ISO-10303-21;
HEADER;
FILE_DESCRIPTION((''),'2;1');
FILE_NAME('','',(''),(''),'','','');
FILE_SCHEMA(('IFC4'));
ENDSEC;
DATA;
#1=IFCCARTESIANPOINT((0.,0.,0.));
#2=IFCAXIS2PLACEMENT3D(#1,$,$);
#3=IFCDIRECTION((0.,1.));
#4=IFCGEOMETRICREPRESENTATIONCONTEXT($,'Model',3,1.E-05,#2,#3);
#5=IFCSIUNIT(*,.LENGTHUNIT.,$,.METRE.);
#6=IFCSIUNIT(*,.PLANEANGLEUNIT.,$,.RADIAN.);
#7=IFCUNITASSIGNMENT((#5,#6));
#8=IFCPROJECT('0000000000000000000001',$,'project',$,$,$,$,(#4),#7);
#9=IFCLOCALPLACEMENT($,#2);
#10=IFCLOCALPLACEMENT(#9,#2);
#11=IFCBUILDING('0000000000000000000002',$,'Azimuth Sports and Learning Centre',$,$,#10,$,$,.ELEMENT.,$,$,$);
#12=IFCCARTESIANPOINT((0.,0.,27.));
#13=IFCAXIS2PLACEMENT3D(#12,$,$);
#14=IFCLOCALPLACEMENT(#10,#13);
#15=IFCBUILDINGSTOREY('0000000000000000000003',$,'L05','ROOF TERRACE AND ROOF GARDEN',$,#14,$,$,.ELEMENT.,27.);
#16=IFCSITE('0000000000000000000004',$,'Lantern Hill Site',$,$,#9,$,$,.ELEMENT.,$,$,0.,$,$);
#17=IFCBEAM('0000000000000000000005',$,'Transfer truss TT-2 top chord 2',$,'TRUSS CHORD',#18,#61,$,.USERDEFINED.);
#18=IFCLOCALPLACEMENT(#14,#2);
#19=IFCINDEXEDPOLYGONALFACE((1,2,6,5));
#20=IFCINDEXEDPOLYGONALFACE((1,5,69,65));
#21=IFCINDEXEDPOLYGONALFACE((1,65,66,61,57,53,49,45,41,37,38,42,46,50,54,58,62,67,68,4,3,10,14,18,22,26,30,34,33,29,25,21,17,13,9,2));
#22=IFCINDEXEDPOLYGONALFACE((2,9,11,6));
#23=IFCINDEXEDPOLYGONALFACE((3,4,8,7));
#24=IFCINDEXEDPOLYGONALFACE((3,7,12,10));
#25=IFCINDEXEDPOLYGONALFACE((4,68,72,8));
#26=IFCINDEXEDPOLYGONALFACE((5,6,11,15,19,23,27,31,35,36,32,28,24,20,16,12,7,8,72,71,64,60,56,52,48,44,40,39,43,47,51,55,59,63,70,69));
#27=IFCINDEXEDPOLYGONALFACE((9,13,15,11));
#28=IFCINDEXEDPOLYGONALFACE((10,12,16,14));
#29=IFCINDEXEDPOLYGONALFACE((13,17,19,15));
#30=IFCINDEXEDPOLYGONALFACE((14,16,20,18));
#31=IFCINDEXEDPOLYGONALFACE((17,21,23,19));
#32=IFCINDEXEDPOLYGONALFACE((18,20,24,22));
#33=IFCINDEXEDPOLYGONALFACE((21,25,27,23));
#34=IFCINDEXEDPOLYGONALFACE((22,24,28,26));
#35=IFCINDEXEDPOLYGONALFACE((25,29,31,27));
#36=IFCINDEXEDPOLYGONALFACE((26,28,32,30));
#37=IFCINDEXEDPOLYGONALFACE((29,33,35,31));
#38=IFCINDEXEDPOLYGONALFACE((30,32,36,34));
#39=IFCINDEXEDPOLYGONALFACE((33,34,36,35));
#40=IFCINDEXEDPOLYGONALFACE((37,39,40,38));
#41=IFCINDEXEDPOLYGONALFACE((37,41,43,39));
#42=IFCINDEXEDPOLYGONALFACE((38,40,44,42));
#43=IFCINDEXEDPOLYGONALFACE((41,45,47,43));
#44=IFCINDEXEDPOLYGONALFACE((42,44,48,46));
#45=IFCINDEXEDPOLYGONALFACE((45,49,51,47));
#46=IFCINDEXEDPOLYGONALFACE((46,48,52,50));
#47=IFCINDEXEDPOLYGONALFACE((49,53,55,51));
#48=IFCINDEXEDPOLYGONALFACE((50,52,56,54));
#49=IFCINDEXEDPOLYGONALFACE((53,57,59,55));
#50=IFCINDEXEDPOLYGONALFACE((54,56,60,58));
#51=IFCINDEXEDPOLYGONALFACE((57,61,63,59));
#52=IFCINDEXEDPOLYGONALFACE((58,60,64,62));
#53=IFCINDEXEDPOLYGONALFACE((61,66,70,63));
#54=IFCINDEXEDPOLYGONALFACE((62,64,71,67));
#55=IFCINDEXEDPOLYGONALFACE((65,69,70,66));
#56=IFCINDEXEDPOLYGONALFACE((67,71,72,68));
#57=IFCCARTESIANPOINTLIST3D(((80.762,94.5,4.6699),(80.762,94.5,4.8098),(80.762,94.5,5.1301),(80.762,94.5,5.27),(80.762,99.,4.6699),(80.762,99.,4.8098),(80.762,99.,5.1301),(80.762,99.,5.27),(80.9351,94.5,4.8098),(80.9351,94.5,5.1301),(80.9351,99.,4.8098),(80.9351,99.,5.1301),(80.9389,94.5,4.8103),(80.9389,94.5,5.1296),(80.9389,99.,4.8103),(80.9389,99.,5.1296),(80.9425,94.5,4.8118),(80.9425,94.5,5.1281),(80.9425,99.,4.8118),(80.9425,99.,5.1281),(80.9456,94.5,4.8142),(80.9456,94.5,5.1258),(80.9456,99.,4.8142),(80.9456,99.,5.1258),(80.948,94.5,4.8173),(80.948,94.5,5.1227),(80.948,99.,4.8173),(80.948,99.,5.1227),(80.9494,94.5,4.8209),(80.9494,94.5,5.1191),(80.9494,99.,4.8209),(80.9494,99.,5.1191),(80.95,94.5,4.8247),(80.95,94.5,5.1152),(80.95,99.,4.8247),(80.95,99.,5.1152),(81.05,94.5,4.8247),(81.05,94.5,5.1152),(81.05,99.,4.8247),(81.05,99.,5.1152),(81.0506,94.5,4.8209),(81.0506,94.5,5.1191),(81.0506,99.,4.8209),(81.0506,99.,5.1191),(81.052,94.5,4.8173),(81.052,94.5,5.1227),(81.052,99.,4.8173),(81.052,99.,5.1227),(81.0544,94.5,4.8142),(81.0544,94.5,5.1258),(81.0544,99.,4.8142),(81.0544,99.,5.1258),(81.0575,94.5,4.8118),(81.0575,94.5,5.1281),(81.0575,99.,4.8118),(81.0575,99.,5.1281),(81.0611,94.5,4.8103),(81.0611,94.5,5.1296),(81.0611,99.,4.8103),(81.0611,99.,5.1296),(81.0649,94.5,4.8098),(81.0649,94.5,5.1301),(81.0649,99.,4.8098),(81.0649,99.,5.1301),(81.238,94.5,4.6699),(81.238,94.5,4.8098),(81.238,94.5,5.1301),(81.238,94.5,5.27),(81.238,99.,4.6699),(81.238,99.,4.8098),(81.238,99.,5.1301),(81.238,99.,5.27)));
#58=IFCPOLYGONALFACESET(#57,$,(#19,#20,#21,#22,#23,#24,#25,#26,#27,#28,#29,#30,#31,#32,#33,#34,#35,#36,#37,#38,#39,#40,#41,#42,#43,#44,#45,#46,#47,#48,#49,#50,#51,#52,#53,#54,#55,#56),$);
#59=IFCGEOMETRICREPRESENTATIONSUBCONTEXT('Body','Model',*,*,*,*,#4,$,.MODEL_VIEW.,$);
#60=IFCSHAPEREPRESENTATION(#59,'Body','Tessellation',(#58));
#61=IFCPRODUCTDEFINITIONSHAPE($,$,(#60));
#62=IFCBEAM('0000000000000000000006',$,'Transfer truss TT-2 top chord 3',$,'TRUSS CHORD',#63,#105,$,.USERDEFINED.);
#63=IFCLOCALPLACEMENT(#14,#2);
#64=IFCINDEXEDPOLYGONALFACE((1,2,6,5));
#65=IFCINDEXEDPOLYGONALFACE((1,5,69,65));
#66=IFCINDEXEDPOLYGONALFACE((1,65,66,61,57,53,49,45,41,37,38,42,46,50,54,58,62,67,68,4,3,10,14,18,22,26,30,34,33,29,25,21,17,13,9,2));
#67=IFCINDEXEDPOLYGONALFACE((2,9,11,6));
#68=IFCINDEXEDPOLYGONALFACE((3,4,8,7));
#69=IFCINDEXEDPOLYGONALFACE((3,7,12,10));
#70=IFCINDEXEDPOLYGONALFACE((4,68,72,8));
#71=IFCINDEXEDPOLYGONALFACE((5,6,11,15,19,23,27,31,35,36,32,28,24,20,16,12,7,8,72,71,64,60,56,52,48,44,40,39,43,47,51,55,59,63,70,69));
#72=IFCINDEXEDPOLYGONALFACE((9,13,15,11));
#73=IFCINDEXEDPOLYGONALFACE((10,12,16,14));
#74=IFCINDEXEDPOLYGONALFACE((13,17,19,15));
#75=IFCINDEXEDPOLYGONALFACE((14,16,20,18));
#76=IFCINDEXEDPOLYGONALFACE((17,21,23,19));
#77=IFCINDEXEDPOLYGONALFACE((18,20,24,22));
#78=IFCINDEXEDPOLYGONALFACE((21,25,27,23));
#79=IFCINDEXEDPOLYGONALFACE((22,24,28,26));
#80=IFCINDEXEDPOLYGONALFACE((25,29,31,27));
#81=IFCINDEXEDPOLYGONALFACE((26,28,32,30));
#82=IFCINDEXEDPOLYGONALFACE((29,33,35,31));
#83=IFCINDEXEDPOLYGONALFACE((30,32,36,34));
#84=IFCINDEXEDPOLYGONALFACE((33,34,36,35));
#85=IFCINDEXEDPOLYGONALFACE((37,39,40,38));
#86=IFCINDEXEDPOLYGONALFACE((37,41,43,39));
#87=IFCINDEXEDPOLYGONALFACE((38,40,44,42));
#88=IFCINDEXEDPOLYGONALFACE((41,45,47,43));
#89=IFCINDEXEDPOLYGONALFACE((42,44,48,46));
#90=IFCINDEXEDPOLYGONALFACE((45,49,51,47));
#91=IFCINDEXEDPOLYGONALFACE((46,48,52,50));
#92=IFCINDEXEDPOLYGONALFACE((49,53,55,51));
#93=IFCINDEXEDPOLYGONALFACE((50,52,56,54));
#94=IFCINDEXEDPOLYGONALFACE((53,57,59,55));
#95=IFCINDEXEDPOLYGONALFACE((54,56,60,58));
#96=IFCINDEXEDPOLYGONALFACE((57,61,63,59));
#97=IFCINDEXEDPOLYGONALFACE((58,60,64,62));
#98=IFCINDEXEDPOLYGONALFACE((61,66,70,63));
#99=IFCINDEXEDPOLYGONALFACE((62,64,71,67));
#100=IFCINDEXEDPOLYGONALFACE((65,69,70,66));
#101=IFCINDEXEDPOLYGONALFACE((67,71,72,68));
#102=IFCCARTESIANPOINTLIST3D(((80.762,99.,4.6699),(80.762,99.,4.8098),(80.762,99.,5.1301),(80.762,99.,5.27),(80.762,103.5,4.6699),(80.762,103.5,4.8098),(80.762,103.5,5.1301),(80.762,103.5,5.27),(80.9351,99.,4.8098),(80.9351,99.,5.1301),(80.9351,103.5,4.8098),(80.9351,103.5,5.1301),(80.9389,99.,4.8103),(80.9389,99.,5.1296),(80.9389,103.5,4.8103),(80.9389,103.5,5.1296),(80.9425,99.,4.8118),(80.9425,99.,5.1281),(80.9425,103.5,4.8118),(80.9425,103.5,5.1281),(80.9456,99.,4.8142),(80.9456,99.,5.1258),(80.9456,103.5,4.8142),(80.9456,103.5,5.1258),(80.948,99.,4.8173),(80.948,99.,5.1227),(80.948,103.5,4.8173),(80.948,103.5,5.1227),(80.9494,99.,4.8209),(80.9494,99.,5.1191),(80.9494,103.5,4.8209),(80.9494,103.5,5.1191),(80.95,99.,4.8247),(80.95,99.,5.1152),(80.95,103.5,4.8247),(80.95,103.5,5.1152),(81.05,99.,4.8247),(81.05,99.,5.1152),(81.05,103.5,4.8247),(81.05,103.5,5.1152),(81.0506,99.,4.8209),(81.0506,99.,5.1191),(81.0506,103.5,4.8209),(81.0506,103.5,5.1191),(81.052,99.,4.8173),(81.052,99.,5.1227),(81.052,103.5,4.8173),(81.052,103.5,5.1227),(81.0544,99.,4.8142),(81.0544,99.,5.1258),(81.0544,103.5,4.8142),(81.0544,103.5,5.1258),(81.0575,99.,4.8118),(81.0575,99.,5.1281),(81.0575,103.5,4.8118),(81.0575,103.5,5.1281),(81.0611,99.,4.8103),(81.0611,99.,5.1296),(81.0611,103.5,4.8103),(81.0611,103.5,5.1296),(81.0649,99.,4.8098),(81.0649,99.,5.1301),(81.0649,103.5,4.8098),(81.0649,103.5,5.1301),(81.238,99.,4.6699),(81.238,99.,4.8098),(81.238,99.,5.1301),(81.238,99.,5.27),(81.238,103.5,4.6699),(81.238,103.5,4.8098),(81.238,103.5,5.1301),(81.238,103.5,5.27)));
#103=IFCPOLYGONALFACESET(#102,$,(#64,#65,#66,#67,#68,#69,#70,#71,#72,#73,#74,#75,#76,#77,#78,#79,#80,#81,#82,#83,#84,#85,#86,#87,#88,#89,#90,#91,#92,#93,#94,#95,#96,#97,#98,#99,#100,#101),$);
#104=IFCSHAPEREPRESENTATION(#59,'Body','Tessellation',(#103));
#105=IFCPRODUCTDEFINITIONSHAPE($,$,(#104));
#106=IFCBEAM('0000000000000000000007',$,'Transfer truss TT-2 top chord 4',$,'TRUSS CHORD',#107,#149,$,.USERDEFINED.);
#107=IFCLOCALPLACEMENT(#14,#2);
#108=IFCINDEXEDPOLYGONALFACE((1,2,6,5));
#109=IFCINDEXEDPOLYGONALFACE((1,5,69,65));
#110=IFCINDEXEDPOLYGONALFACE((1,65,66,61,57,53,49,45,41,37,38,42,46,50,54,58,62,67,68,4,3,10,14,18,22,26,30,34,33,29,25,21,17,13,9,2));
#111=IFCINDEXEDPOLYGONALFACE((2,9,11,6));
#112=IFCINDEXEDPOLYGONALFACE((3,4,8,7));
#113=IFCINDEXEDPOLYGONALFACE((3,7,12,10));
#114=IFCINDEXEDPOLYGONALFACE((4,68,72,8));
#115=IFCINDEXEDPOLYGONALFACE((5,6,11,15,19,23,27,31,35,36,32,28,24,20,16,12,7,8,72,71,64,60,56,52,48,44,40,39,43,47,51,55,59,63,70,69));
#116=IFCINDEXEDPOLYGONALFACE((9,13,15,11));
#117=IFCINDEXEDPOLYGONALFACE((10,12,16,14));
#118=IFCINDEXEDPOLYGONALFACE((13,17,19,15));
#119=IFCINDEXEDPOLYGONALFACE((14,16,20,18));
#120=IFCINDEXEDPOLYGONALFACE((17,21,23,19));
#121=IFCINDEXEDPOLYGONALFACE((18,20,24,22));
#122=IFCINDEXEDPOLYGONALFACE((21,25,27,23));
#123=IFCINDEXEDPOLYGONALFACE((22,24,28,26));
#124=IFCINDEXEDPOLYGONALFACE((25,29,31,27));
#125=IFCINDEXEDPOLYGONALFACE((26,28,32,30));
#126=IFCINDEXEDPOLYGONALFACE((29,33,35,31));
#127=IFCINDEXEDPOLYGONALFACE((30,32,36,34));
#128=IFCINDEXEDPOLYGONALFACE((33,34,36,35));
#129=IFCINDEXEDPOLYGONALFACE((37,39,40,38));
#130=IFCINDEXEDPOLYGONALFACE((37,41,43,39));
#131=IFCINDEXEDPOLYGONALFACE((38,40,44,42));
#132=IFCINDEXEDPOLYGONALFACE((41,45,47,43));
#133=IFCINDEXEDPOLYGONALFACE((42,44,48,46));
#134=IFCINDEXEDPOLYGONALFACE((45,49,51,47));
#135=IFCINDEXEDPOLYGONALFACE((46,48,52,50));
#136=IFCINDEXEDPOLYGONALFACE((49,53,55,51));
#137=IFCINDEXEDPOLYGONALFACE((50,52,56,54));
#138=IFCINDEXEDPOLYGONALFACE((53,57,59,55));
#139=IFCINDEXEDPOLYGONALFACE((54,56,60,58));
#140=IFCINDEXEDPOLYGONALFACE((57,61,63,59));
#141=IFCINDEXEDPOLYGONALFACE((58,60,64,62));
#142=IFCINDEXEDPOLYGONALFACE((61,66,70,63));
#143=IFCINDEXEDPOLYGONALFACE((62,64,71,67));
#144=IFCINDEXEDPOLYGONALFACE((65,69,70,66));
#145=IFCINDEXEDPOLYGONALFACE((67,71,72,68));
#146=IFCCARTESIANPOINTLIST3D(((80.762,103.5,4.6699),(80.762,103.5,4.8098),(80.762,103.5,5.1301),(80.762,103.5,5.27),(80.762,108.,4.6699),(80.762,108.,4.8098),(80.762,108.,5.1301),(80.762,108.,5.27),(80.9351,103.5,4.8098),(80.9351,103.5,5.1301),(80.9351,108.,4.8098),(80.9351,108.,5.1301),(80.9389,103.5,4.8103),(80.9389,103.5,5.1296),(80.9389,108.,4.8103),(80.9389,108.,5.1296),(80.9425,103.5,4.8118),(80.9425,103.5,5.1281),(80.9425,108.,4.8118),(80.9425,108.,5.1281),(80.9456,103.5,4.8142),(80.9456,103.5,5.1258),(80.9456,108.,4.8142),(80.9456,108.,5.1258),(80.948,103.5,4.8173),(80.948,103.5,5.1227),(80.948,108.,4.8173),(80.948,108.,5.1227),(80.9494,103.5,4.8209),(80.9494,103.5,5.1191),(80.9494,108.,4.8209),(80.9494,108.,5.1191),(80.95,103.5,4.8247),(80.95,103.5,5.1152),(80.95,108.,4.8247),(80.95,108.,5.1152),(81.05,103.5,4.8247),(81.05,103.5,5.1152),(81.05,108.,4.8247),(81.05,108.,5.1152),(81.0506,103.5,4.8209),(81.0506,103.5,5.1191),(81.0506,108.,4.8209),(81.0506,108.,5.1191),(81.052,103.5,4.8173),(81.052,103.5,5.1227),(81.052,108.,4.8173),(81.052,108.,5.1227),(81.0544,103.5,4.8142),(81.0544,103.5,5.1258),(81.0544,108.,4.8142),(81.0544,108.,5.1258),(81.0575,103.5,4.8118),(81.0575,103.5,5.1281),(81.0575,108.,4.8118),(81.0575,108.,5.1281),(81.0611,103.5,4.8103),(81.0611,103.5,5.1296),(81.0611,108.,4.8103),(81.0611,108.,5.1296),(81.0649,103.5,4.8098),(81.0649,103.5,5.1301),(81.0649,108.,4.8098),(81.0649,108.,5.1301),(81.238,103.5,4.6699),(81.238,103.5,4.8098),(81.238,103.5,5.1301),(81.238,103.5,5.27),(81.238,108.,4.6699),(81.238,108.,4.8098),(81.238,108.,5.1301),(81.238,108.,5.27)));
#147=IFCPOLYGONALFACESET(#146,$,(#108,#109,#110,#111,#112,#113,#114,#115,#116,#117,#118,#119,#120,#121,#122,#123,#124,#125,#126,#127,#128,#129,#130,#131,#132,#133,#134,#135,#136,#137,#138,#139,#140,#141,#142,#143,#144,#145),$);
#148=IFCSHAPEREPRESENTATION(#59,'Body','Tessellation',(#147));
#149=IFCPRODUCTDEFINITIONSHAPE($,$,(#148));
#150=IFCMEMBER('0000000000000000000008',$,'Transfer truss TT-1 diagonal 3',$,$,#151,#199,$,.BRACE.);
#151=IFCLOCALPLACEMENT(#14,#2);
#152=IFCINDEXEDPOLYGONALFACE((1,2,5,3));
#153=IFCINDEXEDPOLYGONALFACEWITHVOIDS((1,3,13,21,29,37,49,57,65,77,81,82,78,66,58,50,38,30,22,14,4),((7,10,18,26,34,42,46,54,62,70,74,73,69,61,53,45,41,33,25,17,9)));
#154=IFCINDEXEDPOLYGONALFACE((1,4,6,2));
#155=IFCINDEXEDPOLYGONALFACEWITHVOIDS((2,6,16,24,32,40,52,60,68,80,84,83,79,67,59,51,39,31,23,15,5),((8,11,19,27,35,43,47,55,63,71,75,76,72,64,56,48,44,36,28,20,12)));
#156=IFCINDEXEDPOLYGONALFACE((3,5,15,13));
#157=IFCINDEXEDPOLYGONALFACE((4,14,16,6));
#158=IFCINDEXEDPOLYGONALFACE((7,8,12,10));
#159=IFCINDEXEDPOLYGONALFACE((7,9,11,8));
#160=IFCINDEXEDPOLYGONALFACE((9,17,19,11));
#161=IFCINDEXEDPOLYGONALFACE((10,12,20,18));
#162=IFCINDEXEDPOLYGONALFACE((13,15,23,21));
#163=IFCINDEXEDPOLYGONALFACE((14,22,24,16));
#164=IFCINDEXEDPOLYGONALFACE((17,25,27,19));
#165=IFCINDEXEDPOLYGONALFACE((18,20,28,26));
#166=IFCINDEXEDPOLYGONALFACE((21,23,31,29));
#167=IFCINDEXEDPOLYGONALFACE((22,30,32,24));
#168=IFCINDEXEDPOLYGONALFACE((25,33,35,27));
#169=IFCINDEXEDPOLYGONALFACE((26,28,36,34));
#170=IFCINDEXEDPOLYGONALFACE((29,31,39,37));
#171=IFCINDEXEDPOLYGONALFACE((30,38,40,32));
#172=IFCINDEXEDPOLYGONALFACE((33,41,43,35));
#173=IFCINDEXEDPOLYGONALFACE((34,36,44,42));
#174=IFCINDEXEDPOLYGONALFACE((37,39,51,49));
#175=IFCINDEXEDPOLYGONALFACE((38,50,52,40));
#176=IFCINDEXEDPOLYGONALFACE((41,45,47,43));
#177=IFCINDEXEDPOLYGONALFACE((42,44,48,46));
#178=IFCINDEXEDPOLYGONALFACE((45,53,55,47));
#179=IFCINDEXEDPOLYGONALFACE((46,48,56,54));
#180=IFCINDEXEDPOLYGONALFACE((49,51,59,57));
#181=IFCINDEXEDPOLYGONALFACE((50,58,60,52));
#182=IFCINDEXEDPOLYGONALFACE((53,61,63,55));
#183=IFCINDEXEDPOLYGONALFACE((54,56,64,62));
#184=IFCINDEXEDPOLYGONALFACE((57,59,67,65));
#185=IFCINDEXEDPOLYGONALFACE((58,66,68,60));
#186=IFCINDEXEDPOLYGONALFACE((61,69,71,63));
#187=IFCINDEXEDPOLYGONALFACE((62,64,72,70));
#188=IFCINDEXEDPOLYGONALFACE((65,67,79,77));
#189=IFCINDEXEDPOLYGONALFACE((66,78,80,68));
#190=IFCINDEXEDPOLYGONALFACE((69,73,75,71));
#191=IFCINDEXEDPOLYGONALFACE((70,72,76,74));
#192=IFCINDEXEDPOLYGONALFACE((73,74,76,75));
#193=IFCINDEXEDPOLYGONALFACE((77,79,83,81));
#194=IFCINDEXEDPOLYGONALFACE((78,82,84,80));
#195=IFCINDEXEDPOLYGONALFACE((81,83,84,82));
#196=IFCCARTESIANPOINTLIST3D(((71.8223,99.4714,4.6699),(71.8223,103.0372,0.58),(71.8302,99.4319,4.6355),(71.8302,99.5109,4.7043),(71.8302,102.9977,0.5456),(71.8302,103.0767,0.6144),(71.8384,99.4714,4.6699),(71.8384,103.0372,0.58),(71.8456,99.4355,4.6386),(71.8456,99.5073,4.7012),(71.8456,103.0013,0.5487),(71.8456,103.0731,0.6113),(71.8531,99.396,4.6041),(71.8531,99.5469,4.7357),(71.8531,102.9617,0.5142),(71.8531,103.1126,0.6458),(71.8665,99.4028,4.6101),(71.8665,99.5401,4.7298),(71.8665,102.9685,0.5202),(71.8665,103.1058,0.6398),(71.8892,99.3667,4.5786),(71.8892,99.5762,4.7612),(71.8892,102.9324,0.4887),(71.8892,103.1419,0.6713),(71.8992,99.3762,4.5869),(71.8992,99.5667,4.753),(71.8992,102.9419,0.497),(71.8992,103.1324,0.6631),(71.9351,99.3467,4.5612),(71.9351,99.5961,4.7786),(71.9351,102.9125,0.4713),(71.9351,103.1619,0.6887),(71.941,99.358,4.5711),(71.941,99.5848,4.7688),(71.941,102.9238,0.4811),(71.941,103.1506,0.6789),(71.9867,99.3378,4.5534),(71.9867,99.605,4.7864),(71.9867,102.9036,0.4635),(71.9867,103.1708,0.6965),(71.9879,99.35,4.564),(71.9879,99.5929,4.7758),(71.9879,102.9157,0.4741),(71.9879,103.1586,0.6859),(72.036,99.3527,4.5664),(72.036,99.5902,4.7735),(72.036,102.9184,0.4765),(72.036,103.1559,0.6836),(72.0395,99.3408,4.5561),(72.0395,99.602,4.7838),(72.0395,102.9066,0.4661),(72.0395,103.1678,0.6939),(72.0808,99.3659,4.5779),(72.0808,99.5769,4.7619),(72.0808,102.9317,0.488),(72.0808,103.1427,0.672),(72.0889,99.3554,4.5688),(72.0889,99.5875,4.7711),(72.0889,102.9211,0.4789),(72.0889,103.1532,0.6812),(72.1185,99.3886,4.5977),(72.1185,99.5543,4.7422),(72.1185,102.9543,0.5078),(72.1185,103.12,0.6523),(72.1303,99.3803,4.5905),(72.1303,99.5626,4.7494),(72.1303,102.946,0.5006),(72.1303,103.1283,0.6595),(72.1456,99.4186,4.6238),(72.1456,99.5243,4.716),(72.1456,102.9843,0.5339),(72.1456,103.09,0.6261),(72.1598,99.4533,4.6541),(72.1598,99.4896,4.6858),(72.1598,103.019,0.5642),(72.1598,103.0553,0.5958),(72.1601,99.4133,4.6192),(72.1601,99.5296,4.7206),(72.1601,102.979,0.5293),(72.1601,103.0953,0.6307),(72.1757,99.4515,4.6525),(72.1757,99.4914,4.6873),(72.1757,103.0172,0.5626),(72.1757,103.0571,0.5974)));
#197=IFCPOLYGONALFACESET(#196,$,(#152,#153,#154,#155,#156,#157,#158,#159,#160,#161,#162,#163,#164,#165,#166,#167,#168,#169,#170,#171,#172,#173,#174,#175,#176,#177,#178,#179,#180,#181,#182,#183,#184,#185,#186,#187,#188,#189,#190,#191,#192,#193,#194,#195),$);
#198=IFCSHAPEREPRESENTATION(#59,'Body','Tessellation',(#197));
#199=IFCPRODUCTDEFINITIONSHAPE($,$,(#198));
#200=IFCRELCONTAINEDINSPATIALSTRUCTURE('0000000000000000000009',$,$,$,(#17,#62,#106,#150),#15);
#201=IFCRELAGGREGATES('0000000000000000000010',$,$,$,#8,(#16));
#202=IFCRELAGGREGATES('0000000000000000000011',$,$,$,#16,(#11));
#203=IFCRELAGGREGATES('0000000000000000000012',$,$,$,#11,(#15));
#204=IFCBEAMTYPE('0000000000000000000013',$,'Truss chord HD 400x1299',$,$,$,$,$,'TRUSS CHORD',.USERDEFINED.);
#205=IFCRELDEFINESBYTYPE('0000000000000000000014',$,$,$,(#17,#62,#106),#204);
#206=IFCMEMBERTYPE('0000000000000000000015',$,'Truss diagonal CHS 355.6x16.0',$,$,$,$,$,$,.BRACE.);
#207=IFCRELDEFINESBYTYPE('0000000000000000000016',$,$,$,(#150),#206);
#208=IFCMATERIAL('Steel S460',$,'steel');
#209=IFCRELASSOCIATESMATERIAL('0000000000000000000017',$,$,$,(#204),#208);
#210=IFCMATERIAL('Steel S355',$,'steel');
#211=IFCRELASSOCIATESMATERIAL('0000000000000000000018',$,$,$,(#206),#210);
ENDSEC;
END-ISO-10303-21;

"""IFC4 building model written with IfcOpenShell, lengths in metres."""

from ifc_helpers import new_model, si_unit, direction, frame, origin, origin_2d, place, context, subcontext, project, spatial, hollow_circle, i_section, extrude, material, material_profile, profile_set, type_object, element, save


model = new_model("IFC4")

# Units and contexts
model_context = context("Model", 3, precision=1e-05, world=origin(), true_north=direction((0.0, 1.0)))
body_context = subcontext(model_context, "Body", "Model", "MODEL_VIEW")
ifc_project = project(units=[si_unit("LENGTHUNIT", "METRE"), si_unit("PLANEANGLEUNIT", "RADIAN")], contexts=[model_context])

# Site, building, storey
site_placement = place(None, origin())
site = spatial("IfcSite", under=ifc_project, at=site_placement, Name="Lantern Hill Site", CompositionType="ELEMENT", RefElevation=0.0)
building_placement = place(site_placement, origin())
building = spatial("IfcBuilding", under=site, at=building_placement, Name="Azimuth Sports and Learning Centre", CompositionType="ELEMENT")
storey_placement = place(building_placement, frame((0.0, 0.0, 27.0)))
storey = spatial("IfcBuildingStorey", under=building, at=storey_placement, Name="L05", Description="ROOF TERRACE AND ROOF GARDEN", CompositionType="ELEMENT", Elevation=27.0)

# Beams
ifc_material_1 = material(Name="Steel S460", Category="steel")
ifc_material_profile_1 = material_profile(ifc_material_1, i_section(OverallWidth=0.4761, OverallDepth=0.6001, WebThickness=0.1001, FlangeThickness=0.1399, FilletRadius=0.0149, at=origin_2d()), Name="HD 400x1299")
ifc_profile_set_1 = profile_set([ifc_material_profile_1], Name="Steel S460")
beam_type_1 = type_object("IfcBeamType", Name="Truss chord HD 400x1299", ElementType="TRUSS CHORD", PredefinedType="USERDEFINED", material=ifc_profile_set_1)
for number, where, z_axis, x_axis, name in (
    (1, (81.0, 94.5, 4.97), (0.0, 1.0, 0.0), (-1.0, 0.0, 0.0), "Transfer truss TT-2 top chord 2"),
    (2, (81.0, 99.0, 4.97), (0.0, 1.0, 0.0), (-1.0, 0.0, 0.0), "Transfer truss TT-2 top chord 3"),
    (3, (81.0, 103.5, 4.97), (0.0, 1.0, 0.0), (-1.0, 0.0, 0.0), "Transfer truss TT-2 top chord 4"),
):
    element("IfcBeam", number, at=place(storey_placement, frame(where, z_axis=z_axis, x_axis=x_axis)), inside=storey, type_object=beam_type_1, Name=name, ObjectType="TRUSS CHORD", PredefinedType="USERDEFINED", context=body_context, shape_type="SweptSolid", body=[
        extrude(i_section(OverallWidth=0.4761, OverallDepth=0.6001, WebThickness=0.1001, FlangeThickness=0.1399, FilletRadius=0.0149, at=origin_2d()), origin(), (0.0, 0.0, 1.0), 4.5),
    ])

# Member
ifc_material_2 = material(Name="Steel S355", Category="steel")
ifc_material_profile_2 = material_profile(ifc_material_2, hollow_circle(Radius=0.1777, WallThickness=0.0161, at=origin_2d()), Name="CHS 355.6x16.0")
ifc_profile_set_2 = profile_set([ifc_material_profile_2], Name="Steel S355")
member_type_1 = type_object("IfcMemberType", Name="Truss diagonal CHS 355.6x16.0", PredefinedType="BRACE", material=ifc_profile_set_2)
for number, where, z_axis, x_axis, name in (
    (4, (72.0, 99.4714, 4.6699), (0.0, 0.657153, -0.753757), (-1.0, 0.0, 0.0), "Transfer truss TT-1 diagonal 3"),
):
    element("IfcMember", number, at=place(storey_placement, frame(where, z_axis=z_axis, x_axis=x_axis)), inside=storey, type_object=member_type_1, Name=name, PredefinedType="BRACE", context=body_context, shape_type="SweptSolid", body=[
        extrude(hollow_circle(Radius=0.1777, WallThickness=0.0161, at=origin_2d()), origin(), (0.0, 0.0, 1.0), 5.426),
    ])

save(model, "model.ifc")
